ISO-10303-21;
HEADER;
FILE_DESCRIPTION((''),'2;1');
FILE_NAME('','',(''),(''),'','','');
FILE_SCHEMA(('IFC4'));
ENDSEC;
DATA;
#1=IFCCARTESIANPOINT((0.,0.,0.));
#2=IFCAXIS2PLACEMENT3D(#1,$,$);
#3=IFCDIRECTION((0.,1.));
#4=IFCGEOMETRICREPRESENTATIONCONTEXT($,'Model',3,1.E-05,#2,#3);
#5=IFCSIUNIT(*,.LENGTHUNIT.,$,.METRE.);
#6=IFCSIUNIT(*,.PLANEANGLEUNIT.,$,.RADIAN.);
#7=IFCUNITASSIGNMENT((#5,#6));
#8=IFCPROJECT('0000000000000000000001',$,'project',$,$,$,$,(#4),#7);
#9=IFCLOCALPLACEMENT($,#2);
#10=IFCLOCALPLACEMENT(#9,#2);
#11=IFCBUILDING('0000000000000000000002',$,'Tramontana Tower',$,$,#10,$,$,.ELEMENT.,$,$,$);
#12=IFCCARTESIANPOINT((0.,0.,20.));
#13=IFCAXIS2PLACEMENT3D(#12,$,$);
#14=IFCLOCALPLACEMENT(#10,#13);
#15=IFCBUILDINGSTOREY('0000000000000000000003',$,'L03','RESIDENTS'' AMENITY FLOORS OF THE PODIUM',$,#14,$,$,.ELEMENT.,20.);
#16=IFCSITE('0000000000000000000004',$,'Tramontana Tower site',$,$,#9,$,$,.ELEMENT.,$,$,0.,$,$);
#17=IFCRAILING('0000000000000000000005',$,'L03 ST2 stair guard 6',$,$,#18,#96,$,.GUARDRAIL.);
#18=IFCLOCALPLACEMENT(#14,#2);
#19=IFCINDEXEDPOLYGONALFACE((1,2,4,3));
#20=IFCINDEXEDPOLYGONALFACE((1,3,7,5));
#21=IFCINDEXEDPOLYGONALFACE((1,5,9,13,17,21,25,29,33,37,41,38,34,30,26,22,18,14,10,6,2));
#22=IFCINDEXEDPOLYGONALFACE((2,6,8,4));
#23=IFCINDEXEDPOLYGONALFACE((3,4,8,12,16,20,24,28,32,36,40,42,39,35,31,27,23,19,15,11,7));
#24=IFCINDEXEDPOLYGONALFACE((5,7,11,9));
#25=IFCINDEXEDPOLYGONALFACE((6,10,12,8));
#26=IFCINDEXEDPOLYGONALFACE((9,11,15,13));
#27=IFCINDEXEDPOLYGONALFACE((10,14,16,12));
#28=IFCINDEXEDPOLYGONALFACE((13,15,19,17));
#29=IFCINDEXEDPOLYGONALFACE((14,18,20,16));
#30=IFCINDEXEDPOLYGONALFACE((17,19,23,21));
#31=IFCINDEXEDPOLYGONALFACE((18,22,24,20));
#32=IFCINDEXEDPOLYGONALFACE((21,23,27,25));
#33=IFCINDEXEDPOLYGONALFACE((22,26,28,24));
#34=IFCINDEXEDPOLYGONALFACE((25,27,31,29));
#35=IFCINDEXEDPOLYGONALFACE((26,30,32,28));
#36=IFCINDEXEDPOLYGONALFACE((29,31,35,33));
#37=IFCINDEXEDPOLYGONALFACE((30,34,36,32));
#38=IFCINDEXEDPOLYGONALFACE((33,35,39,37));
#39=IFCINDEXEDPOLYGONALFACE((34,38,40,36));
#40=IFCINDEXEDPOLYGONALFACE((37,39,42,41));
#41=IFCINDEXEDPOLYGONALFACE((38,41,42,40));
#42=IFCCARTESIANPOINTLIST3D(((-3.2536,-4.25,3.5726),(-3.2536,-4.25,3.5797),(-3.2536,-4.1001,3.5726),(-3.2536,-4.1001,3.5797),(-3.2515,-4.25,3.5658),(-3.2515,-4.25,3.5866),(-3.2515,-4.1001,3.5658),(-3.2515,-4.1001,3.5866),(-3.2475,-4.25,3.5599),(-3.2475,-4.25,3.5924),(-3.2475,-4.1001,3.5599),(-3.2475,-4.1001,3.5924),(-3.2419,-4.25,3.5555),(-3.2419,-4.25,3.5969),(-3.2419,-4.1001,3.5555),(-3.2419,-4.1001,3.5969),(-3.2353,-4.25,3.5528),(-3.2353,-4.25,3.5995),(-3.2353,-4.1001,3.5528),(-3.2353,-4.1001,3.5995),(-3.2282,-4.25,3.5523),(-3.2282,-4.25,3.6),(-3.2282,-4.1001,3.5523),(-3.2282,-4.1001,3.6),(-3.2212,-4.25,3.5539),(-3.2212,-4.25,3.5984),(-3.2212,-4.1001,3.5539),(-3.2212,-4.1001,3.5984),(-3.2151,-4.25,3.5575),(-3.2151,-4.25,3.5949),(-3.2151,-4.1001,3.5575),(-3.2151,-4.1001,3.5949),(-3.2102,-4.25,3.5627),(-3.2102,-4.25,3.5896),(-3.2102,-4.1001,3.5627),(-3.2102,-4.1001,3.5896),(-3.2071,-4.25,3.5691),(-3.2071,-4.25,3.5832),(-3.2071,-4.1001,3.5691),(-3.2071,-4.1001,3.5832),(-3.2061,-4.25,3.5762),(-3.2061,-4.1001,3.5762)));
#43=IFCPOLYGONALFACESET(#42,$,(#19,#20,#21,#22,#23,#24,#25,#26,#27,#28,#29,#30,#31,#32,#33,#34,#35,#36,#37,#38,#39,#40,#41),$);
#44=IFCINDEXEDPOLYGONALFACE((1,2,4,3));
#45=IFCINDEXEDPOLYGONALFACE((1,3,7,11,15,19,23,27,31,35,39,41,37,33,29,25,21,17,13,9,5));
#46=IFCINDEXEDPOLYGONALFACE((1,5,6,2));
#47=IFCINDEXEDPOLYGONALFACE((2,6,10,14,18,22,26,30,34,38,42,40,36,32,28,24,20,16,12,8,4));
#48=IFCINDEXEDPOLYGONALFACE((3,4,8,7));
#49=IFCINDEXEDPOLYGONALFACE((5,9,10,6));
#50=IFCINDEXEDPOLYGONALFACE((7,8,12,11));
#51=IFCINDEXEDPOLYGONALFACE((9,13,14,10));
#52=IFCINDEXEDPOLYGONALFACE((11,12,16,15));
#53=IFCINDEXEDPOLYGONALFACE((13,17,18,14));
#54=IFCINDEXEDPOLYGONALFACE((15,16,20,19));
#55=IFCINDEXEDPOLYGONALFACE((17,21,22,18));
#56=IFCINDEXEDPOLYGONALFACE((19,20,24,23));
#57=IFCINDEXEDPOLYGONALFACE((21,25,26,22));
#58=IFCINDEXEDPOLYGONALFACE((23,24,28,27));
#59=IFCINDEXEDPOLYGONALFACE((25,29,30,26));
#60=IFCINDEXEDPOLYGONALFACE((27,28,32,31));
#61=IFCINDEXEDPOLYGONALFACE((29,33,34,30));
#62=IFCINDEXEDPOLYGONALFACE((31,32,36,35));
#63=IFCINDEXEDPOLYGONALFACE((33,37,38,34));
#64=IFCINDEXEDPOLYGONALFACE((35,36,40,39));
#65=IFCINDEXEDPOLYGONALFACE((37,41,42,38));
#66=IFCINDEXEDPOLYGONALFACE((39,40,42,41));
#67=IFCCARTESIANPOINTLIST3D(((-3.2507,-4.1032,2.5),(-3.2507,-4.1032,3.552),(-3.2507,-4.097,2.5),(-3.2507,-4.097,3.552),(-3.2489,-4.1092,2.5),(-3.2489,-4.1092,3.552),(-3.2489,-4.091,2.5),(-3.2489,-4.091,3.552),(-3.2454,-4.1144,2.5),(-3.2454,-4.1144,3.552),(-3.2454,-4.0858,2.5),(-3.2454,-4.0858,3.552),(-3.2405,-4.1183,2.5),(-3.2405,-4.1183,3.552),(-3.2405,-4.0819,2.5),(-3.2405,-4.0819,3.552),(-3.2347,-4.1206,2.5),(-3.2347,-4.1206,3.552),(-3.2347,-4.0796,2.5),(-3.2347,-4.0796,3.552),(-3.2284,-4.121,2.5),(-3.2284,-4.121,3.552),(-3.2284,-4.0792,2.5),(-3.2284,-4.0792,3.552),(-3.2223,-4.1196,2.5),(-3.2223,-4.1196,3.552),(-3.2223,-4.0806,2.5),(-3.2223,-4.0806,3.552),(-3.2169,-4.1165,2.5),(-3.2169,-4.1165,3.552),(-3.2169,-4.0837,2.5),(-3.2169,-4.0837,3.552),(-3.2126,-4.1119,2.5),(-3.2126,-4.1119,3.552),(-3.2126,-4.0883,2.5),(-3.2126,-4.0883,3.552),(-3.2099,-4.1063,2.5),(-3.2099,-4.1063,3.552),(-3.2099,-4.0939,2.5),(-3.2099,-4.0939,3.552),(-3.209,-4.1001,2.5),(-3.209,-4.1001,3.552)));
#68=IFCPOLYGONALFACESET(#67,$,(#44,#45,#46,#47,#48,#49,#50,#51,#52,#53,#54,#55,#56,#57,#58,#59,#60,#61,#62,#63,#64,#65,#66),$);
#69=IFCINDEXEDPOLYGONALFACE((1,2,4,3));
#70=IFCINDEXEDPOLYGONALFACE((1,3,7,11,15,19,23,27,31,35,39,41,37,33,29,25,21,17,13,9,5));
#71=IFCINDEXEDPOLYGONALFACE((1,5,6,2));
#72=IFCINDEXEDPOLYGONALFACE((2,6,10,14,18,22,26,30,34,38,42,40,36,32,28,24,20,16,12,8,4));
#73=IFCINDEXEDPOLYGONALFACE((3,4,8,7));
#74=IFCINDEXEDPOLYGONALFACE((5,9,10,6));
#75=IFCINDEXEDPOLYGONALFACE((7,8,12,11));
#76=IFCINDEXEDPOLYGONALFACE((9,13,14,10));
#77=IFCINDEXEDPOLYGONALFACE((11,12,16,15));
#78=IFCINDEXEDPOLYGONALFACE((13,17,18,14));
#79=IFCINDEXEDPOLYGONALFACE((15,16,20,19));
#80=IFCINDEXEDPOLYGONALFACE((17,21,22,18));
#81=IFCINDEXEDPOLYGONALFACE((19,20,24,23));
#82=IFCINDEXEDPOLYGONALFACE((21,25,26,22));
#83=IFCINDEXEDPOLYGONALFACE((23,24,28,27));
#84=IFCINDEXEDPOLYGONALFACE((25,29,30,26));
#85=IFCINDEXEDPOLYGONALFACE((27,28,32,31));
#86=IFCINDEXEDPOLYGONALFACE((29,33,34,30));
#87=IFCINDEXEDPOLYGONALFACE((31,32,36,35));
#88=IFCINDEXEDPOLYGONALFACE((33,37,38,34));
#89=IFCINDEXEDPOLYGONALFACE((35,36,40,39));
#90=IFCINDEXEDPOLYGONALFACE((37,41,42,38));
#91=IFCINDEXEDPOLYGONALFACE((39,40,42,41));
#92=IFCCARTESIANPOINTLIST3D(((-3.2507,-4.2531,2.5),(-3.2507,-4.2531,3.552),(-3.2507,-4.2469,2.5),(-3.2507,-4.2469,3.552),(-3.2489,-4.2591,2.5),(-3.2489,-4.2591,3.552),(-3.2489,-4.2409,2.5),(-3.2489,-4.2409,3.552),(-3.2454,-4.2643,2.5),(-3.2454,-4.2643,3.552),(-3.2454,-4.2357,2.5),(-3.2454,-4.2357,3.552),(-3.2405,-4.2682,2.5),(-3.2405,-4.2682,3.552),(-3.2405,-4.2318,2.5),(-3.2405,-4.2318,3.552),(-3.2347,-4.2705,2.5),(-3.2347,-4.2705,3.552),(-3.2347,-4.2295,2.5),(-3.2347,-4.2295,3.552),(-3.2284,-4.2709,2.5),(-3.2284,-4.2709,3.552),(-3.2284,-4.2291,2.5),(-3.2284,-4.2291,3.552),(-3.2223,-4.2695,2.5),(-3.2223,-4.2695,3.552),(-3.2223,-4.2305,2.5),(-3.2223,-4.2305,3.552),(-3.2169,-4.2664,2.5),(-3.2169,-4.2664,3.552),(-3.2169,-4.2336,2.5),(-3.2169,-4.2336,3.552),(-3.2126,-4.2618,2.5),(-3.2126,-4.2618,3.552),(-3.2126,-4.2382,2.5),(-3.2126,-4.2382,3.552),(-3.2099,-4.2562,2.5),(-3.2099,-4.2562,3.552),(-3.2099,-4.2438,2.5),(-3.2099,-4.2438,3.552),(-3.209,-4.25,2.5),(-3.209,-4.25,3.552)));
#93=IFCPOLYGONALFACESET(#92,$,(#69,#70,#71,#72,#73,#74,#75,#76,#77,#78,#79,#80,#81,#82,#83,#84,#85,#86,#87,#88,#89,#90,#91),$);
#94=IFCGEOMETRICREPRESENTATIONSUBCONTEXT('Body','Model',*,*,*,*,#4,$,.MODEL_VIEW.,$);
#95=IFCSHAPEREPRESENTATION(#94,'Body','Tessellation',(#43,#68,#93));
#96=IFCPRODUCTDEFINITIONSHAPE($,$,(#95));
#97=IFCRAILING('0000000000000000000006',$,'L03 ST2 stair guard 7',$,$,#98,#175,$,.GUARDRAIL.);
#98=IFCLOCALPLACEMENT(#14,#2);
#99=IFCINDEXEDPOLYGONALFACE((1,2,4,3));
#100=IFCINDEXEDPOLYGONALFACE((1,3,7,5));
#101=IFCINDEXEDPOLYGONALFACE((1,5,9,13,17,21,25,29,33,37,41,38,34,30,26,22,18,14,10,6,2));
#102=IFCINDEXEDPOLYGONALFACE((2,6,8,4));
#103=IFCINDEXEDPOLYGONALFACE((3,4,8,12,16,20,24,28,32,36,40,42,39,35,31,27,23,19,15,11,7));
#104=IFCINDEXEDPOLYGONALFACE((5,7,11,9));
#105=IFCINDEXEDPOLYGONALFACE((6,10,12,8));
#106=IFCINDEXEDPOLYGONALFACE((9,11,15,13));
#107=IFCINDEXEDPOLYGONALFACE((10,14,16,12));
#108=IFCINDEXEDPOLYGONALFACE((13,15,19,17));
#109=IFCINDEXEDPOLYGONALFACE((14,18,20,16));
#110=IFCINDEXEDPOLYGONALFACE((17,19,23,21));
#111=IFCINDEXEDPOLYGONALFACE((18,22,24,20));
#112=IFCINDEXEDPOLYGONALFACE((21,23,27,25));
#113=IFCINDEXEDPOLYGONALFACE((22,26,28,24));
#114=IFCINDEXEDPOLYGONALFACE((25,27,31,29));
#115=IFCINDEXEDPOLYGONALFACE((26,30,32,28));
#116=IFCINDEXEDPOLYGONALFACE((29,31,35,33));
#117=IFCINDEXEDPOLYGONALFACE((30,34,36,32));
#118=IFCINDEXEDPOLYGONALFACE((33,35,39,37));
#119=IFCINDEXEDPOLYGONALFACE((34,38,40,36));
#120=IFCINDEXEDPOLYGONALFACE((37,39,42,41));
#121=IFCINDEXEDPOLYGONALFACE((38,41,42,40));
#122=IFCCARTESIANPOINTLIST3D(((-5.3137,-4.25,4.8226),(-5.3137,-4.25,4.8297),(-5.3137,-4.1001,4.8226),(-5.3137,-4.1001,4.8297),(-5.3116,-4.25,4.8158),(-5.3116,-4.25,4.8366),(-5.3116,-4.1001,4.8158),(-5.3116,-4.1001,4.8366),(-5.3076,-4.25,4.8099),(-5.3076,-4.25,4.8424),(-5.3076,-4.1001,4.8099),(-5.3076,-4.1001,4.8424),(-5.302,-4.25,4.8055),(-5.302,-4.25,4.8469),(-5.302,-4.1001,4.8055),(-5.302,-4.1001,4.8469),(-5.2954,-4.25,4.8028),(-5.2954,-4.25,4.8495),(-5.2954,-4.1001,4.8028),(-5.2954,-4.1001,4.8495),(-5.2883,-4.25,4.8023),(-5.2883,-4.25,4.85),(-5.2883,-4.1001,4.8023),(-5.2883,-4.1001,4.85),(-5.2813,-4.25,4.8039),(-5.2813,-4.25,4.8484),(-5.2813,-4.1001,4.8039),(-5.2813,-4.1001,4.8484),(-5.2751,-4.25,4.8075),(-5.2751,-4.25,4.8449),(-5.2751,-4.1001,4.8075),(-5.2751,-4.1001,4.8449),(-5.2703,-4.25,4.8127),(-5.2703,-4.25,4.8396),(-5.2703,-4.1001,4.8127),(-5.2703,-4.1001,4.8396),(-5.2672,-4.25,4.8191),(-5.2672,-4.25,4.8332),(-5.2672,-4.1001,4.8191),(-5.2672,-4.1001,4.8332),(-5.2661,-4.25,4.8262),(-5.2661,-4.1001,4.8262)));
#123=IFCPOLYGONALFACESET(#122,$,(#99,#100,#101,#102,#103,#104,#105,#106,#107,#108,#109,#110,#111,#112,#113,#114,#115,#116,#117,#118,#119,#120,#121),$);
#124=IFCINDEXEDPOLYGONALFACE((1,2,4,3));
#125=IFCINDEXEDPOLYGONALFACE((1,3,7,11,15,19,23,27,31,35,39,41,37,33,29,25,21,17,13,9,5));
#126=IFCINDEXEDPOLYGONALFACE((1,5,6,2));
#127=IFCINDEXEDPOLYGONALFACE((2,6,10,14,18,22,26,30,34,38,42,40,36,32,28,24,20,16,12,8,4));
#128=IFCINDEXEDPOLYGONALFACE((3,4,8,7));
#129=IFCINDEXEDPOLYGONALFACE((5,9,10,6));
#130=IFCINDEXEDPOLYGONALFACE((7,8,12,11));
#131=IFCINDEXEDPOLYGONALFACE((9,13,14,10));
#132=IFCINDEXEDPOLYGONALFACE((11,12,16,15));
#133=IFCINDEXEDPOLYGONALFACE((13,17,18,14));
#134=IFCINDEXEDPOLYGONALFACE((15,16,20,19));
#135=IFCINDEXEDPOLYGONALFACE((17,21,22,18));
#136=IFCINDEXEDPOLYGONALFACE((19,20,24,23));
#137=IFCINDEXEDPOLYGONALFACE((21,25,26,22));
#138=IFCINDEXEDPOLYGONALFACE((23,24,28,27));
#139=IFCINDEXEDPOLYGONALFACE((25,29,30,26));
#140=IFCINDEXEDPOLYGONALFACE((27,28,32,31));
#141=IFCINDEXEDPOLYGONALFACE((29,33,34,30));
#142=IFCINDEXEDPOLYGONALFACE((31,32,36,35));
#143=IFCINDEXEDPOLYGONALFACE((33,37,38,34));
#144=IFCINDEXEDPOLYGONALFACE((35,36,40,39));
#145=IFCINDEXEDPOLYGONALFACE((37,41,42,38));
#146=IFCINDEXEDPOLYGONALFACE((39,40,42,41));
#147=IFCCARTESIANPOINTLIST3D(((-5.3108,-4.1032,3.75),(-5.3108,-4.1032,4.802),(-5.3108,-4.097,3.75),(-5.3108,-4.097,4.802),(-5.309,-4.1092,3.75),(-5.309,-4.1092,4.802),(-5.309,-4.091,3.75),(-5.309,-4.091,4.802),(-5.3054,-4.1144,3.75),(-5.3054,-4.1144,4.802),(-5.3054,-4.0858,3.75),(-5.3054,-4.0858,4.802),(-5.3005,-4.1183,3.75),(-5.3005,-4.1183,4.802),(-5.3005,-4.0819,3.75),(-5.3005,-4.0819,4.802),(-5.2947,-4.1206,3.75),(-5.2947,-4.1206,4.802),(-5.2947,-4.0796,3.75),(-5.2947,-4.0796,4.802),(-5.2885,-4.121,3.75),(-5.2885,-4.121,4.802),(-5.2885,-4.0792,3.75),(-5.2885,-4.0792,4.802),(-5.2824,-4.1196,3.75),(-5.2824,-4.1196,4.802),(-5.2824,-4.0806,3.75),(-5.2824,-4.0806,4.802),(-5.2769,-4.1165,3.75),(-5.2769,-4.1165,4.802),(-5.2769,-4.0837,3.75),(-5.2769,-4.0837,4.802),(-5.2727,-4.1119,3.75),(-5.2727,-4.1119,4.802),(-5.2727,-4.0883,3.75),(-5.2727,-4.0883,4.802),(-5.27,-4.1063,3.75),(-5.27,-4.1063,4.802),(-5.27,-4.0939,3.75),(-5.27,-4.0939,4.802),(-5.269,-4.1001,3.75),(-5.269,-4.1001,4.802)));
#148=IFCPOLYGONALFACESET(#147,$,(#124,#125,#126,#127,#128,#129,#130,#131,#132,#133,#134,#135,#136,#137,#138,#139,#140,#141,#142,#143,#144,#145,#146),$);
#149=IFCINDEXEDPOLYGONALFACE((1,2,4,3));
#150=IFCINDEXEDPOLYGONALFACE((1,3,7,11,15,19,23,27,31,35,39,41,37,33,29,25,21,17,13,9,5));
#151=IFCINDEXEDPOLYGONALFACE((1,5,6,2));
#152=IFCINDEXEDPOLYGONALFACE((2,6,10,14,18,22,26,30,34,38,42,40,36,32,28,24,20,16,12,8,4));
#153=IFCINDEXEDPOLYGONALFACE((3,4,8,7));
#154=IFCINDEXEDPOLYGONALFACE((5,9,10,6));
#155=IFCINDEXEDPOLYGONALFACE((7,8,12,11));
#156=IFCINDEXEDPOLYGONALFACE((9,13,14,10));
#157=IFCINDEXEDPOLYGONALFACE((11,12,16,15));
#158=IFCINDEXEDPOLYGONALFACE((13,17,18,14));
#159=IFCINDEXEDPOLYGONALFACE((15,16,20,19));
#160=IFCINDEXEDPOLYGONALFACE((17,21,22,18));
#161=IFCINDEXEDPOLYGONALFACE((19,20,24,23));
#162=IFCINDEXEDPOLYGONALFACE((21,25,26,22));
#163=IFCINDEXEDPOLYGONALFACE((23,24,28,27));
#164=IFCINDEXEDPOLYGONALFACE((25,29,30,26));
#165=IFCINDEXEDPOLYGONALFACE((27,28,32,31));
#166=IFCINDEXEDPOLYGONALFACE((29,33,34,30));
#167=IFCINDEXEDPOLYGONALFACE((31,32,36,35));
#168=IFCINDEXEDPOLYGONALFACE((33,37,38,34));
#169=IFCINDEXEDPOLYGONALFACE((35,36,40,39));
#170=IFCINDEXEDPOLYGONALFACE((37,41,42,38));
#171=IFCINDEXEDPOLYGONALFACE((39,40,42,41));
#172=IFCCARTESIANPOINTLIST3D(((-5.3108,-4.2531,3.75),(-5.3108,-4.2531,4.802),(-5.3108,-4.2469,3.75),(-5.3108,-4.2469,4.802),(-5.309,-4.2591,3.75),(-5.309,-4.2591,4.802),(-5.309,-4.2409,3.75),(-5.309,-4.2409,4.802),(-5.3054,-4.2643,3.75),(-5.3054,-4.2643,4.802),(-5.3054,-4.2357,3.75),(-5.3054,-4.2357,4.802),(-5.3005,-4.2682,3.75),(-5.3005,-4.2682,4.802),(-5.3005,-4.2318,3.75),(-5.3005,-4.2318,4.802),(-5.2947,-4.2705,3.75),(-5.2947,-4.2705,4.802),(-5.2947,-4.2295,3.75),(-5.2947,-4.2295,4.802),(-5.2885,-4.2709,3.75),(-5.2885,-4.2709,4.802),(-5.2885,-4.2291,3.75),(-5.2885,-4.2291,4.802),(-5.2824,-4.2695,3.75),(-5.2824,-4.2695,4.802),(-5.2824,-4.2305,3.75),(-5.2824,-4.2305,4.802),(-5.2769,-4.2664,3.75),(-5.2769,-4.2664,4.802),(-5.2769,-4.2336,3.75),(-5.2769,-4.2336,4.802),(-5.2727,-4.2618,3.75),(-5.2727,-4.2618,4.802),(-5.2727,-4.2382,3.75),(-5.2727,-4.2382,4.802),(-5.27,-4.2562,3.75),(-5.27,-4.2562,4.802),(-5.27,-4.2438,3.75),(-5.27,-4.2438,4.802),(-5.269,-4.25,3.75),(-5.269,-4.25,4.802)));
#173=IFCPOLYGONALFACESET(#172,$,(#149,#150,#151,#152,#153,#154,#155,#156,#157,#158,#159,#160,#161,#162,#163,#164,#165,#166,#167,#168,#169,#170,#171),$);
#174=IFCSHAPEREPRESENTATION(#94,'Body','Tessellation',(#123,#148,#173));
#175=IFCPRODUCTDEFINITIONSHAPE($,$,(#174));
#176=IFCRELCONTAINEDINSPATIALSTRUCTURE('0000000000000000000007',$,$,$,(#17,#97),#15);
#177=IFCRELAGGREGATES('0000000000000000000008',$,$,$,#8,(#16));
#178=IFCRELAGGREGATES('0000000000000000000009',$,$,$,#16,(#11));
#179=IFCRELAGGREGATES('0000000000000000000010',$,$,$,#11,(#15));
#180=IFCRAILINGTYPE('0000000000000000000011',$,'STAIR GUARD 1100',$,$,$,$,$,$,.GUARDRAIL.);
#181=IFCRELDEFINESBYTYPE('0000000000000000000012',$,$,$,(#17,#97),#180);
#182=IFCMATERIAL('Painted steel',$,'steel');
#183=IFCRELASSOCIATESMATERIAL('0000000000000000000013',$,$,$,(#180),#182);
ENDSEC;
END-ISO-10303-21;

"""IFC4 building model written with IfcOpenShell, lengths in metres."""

from ifc_helpers import new_model, si_unit, direction, frame, origin, origin_2d, place, context, subcontext, project, spatial, circle, extrude, material, type_object, element, save


model = new_model("IFC4")

# Units and contexts
model_context = context("Model", 3, precision=1e-05, world=origin(), true_north=direction((0.0, 1.0)))
body_context = subcontext(model_context, "Body", "Model", "MODEL_VIEW")
ifc_project = project(units=[si_unit("LENGTHUNIT", "METRE"), si_unit("PLANEANGLEUNIT", "RADIAN")], contexts=[model_context])

# Site, building, storey
site_placement = place(None, origin())
site = spatial("IfcSite", under=ifc_project, at=site_placement, Name="Tramontana Tower site", CompositionType="ELEMENT", RefElevation=0.0)
building_placement = place(site_placement, origin())
building = spatial("IfcBuilding", under=site, at=building_placement, Name="Tramontana Tower", CompositionType="ELEMENT")
storey_placement = place(building_placement, frame((0.0, 0.0, 20.0)))
storey = spatial("IfcBuildingStorey", under=building, at=storey_placement, Name="L03", Description="RESIDENTS' AMENITY FLOORS OF THE PODIUM", CompositionType="ELEMENT", Elevation=20.0)

# Railings
ifc_material_1 = material(Name="Painted steel", Category="steel")
railing_type_1 = type_object("IfcRailingType", Name="STAIR GUARD 1100", PredefinedType="GUARDRAIL", material=ifc_material_1)
for number, where, name in (
    (1, (-3.23, -4.1001, 2.5), "L03 ST2 stair guard 6"),
    (2, (-5.29, -4.1001, 3.75), "L03 ST2 stair guard 7"),
):
    element("IfcRailing", number, at=place(storey_placement, frame(where)), inside=storey, type_object=railing_type_1, Name=name, PredefinedType="GUARDRAIL", context=body_context, shape_type="SweptSolid", body=[
        extrude(circle(Radius=0.0239, at=origin_2d()), frame((0.0, 0.0, 1.0762), z_axis=(0.0, -1.0, 0.0), x_axis=(1.0, 0.0, 0.0)), (0.0, 0.0, 1.0), 0.1499),
        extrude(circle(Radius=0.021, at=origin_2d()), origin(), (0.0, 0.0, 1.0), 1.052),
        extrude(circle(Radius=0.021, at=origin_2d()), frame((0.0, -0.1499, 0.0)), (0.0, 0.0, 1.0), 1.052),
    ])

save(model, "model.ifc")
